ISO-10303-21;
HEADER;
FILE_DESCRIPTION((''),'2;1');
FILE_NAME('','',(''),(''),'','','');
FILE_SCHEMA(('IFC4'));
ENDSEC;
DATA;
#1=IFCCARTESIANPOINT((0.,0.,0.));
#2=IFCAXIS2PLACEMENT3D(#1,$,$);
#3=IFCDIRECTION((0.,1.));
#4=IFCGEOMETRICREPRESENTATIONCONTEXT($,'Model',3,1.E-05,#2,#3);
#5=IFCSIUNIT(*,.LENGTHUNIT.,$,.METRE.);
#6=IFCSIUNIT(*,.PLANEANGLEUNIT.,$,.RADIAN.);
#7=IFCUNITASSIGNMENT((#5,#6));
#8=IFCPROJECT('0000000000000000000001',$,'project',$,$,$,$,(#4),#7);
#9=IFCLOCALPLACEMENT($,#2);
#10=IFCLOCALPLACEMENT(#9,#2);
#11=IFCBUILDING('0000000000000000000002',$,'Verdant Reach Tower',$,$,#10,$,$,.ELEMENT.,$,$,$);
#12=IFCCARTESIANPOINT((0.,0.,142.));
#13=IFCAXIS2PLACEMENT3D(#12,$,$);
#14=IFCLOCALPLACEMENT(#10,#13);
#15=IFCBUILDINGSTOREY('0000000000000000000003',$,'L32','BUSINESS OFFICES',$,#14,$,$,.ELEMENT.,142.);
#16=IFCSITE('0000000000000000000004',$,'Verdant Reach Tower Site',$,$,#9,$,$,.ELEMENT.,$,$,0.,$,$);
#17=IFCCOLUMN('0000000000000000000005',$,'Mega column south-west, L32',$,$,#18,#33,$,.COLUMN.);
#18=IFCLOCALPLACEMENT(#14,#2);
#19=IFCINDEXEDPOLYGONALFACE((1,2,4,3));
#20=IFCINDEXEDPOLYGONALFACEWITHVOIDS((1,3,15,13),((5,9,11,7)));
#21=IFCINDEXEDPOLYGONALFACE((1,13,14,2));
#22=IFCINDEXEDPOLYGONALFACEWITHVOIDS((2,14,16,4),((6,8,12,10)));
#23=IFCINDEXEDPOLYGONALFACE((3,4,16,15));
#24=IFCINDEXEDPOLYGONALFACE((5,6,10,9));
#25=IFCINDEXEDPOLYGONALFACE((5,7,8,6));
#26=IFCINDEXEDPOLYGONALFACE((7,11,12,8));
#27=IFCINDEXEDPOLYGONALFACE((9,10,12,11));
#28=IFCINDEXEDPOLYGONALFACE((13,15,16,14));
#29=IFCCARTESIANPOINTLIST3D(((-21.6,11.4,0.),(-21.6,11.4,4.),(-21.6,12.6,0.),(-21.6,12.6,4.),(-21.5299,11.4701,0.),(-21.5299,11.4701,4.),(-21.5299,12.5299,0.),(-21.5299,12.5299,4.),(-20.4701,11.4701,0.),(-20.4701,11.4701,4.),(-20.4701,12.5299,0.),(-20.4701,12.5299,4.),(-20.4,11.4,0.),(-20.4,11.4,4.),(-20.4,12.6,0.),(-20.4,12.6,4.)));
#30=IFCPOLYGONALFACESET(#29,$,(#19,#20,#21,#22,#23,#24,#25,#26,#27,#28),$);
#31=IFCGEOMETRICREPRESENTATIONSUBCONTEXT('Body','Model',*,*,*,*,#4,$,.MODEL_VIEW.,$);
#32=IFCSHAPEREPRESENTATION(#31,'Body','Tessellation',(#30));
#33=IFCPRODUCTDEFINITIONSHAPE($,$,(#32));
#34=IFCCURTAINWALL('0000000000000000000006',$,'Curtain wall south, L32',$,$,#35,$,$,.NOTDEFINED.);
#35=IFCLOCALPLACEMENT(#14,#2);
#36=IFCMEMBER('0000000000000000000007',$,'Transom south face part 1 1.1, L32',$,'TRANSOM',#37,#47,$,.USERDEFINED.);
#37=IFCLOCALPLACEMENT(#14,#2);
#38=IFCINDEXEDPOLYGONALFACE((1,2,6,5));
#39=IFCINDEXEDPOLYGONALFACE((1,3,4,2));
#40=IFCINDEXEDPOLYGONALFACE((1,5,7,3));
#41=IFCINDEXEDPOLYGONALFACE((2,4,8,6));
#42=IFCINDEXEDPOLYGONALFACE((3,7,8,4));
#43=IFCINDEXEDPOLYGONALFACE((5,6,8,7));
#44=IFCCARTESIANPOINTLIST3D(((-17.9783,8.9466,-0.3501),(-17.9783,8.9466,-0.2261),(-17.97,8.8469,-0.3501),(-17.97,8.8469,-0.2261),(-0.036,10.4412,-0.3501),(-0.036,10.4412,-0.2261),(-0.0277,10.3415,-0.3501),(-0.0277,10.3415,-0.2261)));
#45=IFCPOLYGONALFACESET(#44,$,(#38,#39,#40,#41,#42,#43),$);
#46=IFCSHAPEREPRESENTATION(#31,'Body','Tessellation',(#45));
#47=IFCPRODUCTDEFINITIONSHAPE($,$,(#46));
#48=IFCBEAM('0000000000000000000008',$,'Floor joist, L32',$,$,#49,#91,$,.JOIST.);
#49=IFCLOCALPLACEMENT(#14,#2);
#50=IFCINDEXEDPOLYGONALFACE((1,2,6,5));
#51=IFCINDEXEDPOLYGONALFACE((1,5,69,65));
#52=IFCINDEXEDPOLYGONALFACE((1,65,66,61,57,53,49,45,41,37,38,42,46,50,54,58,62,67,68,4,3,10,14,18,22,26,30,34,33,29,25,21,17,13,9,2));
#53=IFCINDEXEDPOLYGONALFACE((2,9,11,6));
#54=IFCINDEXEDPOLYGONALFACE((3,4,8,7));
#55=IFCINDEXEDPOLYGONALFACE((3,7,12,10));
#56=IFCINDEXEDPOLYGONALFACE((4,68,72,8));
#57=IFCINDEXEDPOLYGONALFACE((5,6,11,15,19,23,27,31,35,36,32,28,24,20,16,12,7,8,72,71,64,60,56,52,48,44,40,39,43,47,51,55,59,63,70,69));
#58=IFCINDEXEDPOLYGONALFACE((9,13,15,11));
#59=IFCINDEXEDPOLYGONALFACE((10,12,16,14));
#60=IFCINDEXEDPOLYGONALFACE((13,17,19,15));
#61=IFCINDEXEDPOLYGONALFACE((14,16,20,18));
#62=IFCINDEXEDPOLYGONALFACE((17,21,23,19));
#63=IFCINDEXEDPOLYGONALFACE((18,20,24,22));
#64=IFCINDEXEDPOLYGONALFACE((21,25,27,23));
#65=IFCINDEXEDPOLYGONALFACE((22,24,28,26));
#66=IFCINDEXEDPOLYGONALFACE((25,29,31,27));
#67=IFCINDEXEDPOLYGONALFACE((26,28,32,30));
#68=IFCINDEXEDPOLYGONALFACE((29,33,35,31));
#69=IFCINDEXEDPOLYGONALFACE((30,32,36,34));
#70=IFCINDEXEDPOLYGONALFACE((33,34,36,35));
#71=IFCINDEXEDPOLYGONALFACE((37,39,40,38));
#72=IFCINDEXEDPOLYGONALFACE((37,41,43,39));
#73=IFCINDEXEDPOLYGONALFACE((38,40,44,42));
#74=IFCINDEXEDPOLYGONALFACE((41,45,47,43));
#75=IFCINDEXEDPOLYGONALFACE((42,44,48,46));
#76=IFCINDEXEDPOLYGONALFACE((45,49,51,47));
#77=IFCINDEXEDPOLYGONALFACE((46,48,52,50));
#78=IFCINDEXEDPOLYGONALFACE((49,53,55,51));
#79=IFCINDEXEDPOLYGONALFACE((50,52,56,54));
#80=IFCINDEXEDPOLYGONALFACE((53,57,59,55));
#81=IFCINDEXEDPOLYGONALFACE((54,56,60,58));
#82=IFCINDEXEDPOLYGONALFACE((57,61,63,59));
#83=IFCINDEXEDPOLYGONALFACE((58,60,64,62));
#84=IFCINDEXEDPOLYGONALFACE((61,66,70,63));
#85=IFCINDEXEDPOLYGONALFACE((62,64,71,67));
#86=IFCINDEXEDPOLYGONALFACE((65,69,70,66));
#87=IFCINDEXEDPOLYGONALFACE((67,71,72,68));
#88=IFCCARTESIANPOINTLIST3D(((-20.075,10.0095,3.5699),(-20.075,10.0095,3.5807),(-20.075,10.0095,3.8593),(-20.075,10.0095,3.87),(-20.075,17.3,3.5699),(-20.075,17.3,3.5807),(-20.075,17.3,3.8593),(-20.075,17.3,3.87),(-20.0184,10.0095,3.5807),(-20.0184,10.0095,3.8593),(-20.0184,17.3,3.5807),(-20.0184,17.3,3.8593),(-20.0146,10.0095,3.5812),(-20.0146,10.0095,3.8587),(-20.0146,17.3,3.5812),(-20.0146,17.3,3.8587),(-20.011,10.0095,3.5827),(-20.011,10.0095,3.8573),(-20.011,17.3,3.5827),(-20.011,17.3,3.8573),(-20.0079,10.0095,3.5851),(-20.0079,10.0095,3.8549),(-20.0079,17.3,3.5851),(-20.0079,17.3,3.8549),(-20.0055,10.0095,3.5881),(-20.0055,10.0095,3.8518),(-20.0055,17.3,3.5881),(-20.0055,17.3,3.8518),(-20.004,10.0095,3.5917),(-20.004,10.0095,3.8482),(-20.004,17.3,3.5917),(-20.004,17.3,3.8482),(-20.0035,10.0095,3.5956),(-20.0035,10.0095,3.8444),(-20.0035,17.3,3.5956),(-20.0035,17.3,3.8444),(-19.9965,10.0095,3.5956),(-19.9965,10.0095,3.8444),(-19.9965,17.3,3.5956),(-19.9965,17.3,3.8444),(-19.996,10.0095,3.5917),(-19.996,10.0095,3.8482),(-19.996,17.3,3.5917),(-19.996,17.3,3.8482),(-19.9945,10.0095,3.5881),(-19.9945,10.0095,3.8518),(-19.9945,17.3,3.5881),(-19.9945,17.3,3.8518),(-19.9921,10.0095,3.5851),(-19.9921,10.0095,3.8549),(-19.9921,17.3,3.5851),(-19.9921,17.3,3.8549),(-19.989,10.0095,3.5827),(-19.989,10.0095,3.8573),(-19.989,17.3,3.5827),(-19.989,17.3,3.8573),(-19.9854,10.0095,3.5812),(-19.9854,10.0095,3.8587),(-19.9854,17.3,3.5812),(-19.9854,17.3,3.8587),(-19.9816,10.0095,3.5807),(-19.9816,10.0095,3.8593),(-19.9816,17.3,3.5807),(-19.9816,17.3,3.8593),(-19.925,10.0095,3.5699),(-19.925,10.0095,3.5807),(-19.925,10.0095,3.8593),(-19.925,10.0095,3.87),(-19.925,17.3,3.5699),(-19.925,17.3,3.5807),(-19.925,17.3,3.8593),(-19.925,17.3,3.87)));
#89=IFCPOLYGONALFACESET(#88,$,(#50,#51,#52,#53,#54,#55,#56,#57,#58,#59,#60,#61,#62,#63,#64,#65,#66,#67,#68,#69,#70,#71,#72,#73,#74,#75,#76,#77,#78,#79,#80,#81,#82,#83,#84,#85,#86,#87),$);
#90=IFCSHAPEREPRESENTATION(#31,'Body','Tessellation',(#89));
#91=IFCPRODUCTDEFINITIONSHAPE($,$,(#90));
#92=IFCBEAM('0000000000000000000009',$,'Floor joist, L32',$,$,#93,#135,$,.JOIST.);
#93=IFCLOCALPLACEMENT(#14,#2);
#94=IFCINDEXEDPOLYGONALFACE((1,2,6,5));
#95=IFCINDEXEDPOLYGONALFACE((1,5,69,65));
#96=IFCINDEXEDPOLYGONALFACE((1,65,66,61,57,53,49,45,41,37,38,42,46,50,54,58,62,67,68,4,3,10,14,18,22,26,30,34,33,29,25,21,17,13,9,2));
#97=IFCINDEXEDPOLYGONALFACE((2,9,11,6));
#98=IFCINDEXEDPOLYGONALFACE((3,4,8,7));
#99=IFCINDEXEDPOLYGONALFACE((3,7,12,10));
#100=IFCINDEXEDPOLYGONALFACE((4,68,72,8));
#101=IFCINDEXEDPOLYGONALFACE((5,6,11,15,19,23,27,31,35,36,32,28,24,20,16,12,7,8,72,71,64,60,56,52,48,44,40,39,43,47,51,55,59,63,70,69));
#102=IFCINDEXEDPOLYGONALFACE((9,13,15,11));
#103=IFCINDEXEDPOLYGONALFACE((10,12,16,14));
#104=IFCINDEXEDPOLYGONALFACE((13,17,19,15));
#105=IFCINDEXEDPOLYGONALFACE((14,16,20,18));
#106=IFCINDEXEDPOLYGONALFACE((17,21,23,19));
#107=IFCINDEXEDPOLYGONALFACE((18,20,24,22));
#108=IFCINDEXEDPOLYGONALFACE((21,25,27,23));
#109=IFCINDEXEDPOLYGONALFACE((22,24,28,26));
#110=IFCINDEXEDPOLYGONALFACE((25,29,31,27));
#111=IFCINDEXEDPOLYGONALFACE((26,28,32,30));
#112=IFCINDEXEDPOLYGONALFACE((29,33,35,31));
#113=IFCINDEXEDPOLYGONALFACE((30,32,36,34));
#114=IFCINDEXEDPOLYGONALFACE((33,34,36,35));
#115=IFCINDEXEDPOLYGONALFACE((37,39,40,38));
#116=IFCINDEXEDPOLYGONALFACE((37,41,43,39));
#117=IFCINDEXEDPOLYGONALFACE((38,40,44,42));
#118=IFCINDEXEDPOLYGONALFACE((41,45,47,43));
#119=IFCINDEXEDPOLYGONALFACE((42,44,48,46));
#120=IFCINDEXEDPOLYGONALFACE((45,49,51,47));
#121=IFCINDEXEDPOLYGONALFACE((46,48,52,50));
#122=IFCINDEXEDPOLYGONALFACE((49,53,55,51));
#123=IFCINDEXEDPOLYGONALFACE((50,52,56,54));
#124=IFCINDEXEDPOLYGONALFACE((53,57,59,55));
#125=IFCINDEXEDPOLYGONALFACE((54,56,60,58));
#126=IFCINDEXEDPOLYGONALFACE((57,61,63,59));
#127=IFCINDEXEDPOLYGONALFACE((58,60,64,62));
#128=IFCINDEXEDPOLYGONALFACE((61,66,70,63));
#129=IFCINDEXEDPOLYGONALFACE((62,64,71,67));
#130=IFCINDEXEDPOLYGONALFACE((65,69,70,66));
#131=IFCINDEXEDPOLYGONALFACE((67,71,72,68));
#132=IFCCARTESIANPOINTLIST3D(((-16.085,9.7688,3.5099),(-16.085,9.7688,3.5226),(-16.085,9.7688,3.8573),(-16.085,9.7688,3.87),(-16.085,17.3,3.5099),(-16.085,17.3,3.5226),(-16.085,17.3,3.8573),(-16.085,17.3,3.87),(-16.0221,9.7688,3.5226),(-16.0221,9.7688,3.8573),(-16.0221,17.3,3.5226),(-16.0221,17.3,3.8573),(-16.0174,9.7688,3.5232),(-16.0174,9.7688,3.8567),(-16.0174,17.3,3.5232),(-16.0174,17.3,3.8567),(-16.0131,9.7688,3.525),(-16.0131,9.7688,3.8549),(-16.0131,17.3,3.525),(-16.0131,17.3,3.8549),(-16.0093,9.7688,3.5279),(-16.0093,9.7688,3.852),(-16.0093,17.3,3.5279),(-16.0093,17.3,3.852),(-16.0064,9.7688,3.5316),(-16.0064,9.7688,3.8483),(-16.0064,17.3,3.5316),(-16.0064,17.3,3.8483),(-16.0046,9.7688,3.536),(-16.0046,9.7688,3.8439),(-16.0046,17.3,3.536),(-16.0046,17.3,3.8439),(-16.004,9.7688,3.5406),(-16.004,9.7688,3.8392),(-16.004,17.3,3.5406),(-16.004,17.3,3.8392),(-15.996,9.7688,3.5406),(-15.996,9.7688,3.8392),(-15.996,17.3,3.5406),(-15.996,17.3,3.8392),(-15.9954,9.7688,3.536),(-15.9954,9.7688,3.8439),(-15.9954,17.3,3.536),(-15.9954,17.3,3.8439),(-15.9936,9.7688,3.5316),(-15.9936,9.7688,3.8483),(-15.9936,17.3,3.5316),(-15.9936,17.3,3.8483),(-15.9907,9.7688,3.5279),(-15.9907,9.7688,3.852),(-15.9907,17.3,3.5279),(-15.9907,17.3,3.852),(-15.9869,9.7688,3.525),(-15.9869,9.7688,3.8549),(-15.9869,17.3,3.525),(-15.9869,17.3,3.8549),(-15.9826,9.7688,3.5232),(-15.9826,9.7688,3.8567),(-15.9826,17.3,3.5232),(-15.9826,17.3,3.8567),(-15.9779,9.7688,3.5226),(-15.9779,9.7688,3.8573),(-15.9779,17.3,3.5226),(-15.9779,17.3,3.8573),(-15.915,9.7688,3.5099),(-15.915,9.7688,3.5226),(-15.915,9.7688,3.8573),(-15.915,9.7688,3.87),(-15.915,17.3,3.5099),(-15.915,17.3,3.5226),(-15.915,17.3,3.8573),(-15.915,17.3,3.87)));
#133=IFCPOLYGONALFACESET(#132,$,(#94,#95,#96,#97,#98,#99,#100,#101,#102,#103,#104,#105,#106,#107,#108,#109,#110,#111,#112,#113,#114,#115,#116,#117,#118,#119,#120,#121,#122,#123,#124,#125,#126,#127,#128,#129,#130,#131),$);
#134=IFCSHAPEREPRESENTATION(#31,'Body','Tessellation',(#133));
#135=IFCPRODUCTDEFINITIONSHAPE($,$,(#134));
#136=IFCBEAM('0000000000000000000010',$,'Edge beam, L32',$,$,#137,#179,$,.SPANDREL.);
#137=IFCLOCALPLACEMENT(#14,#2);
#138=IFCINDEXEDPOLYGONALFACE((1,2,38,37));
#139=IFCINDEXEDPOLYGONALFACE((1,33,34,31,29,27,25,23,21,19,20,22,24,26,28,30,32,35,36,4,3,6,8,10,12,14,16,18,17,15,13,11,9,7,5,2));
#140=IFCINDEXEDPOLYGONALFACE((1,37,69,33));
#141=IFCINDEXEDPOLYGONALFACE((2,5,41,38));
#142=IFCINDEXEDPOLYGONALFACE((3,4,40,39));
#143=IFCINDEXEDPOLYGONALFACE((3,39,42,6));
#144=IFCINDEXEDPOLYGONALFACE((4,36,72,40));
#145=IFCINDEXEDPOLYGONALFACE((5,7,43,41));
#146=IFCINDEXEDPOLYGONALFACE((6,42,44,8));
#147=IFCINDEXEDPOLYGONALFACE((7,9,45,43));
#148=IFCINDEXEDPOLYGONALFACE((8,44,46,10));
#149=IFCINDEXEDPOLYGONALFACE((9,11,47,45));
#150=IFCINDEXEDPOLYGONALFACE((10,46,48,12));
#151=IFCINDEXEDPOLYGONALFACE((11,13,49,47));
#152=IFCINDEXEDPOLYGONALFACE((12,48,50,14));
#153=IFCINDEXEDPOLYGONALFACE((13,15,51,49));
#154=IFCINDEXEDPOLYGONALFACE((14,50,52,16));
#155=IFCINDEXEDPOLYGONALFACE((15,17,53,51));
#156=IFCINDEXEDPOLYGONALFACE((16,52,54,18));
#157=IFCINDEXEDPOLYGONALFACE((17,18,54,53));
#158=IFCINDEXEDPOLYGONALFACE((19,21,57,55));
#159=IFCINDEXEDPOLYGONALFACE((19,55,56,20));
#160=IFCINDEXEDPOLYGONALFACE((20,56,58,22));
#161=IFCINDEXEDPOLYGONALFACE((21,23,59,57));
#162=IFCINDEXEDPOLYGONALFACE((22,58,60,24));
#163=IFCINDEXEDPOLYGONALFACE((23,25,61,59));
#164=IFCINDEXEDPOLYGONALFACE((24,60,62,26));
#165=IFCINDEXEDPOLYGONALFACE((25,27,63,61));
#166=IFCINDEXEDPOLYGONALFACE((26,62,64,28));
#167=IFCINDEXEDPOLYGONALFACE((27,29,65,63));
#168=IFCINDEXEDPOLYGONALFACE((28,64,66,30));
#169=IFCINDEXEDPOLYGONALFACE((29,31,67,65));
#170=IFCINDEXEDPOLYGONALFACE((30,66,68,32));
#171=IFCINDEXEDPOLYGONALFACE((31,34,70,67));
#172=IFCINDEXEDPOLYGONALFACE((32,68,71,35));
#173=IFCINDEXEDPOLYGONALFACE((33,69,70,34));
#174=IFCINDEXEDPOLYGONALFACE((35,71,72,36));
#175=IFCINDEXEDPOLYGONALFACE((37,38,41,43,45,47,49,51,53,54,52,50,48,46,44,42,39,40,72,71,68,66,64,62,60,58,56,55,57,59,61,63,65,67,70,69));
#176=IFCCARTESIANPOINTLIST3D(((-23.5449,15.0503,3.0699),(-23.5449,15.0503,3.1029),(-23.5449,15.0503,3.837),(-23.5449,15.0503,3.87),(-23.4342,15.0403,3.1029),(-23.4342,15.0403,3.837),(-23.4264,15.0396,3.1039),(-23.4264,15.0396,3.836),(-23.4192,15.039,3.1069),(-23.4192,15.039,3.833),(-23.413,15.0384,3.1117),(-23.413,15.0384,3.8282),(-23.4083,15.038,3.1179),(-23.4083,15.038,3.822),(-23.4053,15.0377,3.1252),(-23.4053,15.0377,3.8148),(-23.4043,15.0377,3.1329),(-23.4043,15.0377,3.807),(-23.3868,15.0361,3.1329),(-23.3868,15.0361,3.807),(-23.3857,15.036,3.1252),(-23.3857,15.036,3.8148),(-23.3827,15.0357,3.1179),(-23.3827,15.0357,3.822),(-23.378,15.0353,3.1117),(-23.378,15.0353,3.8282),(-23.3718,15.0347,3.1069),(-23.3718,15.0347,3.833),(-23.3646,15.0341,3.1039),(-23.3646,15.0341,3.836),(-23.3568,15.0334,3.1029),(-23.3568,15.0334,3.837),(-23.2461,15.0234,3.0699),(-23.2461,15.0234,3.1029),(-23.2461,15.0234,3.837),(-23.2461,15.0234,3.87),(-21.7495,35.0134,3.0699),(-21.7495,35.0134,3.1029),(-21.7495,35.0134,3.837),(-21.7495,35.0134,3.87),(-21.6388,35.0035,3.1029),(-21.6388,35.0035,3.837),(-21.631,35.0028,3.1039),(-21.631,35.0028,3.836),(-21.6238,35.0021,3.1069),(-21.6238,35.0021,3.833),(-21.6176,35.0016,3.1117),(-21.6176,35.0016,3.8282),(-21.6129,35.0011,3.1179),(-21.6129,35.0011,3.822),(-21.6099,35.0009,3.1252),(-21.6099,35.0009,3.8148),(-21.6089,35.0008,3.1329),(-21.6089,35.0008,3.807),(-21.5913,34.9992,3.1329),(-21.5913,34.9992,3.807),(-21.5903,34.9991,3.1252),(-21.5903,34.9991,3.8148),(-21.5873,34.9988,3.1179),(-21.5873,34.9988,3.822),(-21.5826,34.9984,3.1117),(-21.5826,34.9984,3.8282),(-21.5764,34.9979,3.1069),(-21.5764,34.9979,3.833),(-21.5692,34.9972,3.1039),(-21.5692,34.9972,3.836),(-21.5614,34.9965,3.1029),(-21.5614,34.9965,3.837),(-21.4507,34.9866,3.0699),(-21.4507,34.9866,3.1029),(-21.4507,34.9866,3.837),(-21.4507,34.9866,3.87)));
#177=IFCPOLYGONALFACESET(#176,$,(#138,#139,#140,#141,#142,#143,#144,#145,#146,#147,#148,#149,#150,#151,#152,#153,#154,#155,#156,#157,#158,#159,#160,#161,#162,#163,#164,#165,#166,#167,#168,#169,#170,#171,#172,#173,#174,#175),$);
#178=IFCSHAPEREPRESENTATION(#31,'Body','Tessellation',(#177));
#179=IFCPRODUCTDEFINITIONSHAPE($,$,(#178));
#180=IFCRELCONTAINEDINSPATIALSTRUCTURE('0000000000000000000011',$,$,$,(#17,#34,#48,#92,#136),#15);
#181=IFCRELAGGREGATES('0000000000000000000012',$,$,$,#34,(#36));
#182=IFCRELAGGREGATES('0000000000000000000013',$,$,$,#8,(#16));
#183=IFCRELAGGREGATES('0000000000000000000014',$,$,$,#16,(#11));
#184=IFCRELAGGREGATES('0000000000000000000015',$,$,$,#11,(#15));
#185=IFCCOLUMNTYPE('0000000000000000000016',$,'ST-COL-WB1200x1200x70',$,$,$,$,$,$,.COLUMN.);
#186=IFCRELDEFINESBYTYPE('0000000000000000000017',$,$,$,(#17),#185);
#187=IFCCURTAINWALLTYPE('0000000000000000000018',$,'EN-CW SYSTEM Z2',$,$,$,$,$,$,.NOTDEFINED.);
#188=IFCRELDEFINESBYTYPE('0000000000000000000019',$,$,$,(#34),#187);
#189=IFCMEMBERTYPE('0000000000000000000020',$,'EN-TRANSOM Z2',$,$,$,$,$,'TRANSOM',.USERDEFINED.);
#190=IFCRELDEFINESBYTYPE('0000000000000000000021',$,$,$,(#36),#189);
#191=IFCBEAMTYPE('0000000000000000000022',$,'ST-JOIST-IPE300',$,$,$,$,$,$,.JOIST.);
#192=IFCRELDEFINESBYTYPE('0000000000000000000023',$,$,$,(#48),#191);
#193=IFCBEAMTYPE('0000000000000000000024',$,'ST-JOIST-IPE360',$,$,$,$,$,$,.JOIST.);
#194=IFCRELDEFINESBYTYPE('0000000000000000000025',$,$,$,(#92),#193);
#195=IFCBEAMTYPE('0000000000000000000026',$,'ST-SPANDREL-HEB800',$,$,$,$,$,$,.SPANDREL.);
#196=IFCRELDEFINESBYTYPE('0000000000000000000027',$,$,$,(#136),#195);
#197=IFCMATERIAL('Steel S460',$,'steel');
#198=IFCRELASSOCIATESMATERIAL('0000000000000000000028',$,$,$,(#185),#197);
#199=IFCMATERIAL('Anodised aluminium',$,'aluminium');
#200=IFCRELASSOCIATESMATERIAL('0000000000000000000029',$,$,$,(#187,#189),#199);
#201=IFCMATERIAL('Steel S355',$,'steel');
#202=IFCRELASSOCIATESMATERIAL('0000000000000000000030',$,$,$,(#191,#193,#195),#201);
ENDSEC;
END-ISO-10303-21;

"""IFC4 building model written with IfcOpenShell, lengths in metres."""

from ifc_helpers import new_model, si_unit, direction, frame, origin, origin_2d, place, context, subcontext, project, spatial, rectangle, hollow_rectangle, i_section, extrude, material, material_profile, profile_set, type_object, element, aggregate, save


model = new_model("IFC4")

# Units and contexts
model_context = context("Model", 3, precision=1e-05, world=origin(), true_north=direction((0.0, 1.0)))
body_context = subcontext(model_context, "Body", "Model", "MODEL_VIEW")
ifc_project = project(units=[si_unit("LENGTHUNIT", "METRE"), si_unit("PLANEANGLEUNIT", "RADIAN")], contexts=[model_context])

# Site, building, storey
site_placement = place(None, origin())
site = spatial("IfcSite", under=ifc_project, at=site_placement, Name="Verdant Reach Tower Site", CompositionType="ELEMENT", RefElevation=0.0)
building_placement = place(site_placement, origin())
building = spatial("IfcBuilding", under=site, at=building_placement, Name="Verdant Reach Tower", CompositionType="ELEMENT")
storey_placement = place(building_placement, frame((0.0, 0.0, 142.0)))
storey = spatial("IfcBuildingStorey", under=building, at=storey_placement, Name="L32", Description="BUSINESS OFFICES", CompositionType="ELEMENT", Elevation=142.0)

# Column
ifc_material_1 = material(Name="Steel S460", Category="steel")
ifc_material_profile_1 = material_profile(ifc_material_1, hollow_rectangle(XDim=1.2, YDim=1.2, WallThickness=0.0701, at=origin_2d()), Name="WB 1200x1200x70")
ifc_profile_set_1 = profile_set([ifc_material_profile_1], Name="Steel S460")
column_type = type_object("IfcColumnType", Name="ST-COL-WB1200x1200x70", PredefinedType="COLUMN", material=ifc_profile_set_1)
column_placement = place(storey_placement, frame((-21.0, 12.0, 0.0), z_axis=(0.0, 0.0, 1.0), x_axis=(1.0, 0.0, 0.0)))
element("IfcColumn", 1, at=column_placement, inside=storey, type_object=column_type, Name="Mega column south-west, L32", PredefinedType="COLUMN", context=body_context, shape_type="SweptSolid", body=[
    extrude(hollow_rectangle(XDim=1.2, YDim=1.2, WallThickness=0.0701, at=origin_2d()), origin(), (0.0, 0.0, 1.0), 4.0),
])

# Curtain wall, member
ifc_material_2 = material(Name="Anodised aluminium", Category="aluminium")
curtain_wall_type = type_object("IfcCurtainWallType", Name="EN-CW SYSTEM Z2", PredefinedType="NOTDEFINED", material=ifc_material_2)
curtain_wall_1_placement = place(storey_placement, origin())
curtain_wall_1 = element("IfcCurtainWall", 2, at=curtain_wall_1_placement, inside=storey, type_object=curtain_wall_type, Name="Curtain wall south, L32", PredefinedType="NOTDEFINED")
ifc_material_profile_2 = material_profile(ifc_material_2, rectangle(XDim=0.1001, YDim=0.124, at=origin_2d()), Name="Transom 124x100")
ifc_profile_set_2 = profile_set([ifc_material_profile_2], Name="Anodised aluminium")
member_type = type_object("IfcMemberType", Name="EN-TRANSOM Z2", ElementType="TRANSOM", PredefinedType="USERDEFINED", material=ifc_profile_set_2)
member_placement = place(storey_placement, frame((-17.9741, 8.8967, -0.2881), z_axis=(0.996548, 0.083015, 0.0), x_axis=(-0.083015, 0.996548, 0.0)))
member = element("IfcMember", 3, at=member_placement, type_object=member_type, Name="Transom south face part 1 1.1, L32", ObjectType="TRANSOM", PredefinedType="USERDEFINED", context=body_context, shape_type="SweptSolid", body=[
    extrude(rectangle(XDim=0.1001, YDim=0.124, at=origin_2d()), origin(), (0.0, 0.0, 1.0), 18.0044),
])

# Beams
ifc_material_3 = material(Name="Steel S355", Category="steel")
ifc_material_profile_3 = material_profile(ifc_material_3, i_section(OverallWidth=0.1499, OverallDepth=0.3, WebThickness=0.0071, FlangeThickness=0.0107, FilletRadius=0.0149, at=origin_2d()), Name="IPE 300")
ifc_profile_set_3 = profile_set([ifc_material_profile_3], Name="Steel S355")
beam_type_1 = type_object("IfcBeamType", Name="ST-JOIST-IPE300", PredefinedType="JOIST", material=ifc_profile_set_3)
beam_1_placement = place(storey_placement, frame((-20.0, 17.3, 3.72), z_axis=(0.0, -1.0, 0.0), x_axis=(1.0, 0.0, 0.0)))
element("IfcBeam", 4, at=beam_1_placement, inside=storey, type_object=beam_type_1, Name="Floor joist, L32", PredefinedType="JOIST", context=body_context, shape_type="SweptSolid", body=[
    extrude(i_section(OverallWidth=0.1499, OverallDepth=0.3, WebThickness=0.0071, FlangeThickness=0.0107, FilletRadius=0.0149, at=origin_2d()), origin(), (0.0, 0.0, 1.0), 7.2905),
])
ifc_material_profile_4 = material_profile(ifc_material_3, i_section(OverallWidth=0.1699, OverallDepth=0.3601, WebThickness=0.0081, FlangeThickness=0.0127, FilletRadius=0.0181, at=origin_2d()), Name="IPE 360")
ifc_profile_set_4 = profile_set([ifc_material_profile_4], Name="Steel S355")
beam_type_2 = type_object("IfcBeamType", Name="ST-JOIST-IPE360", PredefinedType="JOIST", material=ifc_profile_set_4)
beam_2_placement = place(storey_placement, frame((-16.0, 17.3, 3.6899), z_axis=(0.0, -1.0, 0.0), x_axis=(1.0, 0.0, 0.0)))
element("IfcBeam", 5, at=beam_2_placement, inside=storey, type_object=beam_type_2, Name="Floor joist, L32", PredefinedType="JOIST", context=body_context, shape_type="SweptSolid", body=[
    extrude(i_section(OverallWidth=0.1699, OverallDepth=0.3601, WebThickness=0.0081, FlangeThickness=0.0127, FilletRadius=0.0181, at=origin_2d()), origin(), (0.0, 0.0, 1.0), 7.5312),
])
ifc_material_profile_5 = material_profile(ifc_material_3, i_section(OverallWidth=0.3, OverallDepth=0.8, WebThickness=0.0176, FlangeThickness=0.033, FilletRadius=0.03, at=origin_2d()), Name="HEB 800")
ifc_profile_set_5 = profile_set([ifc_material_profile_5], Name="Steel S355")
beam_type_3 = type_object("IfcBeamType", Name="ST-SPANDREL-HEB800", PredefinedType="SPANDREL", material=ifc_profile_set_5)
beam_3_placement = place(storey_placement, frame((-23.3955, 15.0369, 3.47), z_axis=(0.089575, 0.99598, 0.0), x_axis=(-0.99598, 0.089575, 0.0)))
element("IfcBeam", 6, at=beam_3_placement, inside=storey, type_object=beam_type_3, Name="Edge beam, L32", PredefinedType="SPANDREL", context=body_context, shape_type="SweptSolid", body=[
    extrude(i_section(OverallWidth=0.3, OverallDepth=0.8, WebThickness=0.0176, FlangeThickness=0.033, FilletRadius=0.03, at=origin_2d()), origin(), (0.0, 0.0, 1.0), 20.0437),
])

aggregate(curtain_wall_1, [member])

save(model, "model.ifc")
